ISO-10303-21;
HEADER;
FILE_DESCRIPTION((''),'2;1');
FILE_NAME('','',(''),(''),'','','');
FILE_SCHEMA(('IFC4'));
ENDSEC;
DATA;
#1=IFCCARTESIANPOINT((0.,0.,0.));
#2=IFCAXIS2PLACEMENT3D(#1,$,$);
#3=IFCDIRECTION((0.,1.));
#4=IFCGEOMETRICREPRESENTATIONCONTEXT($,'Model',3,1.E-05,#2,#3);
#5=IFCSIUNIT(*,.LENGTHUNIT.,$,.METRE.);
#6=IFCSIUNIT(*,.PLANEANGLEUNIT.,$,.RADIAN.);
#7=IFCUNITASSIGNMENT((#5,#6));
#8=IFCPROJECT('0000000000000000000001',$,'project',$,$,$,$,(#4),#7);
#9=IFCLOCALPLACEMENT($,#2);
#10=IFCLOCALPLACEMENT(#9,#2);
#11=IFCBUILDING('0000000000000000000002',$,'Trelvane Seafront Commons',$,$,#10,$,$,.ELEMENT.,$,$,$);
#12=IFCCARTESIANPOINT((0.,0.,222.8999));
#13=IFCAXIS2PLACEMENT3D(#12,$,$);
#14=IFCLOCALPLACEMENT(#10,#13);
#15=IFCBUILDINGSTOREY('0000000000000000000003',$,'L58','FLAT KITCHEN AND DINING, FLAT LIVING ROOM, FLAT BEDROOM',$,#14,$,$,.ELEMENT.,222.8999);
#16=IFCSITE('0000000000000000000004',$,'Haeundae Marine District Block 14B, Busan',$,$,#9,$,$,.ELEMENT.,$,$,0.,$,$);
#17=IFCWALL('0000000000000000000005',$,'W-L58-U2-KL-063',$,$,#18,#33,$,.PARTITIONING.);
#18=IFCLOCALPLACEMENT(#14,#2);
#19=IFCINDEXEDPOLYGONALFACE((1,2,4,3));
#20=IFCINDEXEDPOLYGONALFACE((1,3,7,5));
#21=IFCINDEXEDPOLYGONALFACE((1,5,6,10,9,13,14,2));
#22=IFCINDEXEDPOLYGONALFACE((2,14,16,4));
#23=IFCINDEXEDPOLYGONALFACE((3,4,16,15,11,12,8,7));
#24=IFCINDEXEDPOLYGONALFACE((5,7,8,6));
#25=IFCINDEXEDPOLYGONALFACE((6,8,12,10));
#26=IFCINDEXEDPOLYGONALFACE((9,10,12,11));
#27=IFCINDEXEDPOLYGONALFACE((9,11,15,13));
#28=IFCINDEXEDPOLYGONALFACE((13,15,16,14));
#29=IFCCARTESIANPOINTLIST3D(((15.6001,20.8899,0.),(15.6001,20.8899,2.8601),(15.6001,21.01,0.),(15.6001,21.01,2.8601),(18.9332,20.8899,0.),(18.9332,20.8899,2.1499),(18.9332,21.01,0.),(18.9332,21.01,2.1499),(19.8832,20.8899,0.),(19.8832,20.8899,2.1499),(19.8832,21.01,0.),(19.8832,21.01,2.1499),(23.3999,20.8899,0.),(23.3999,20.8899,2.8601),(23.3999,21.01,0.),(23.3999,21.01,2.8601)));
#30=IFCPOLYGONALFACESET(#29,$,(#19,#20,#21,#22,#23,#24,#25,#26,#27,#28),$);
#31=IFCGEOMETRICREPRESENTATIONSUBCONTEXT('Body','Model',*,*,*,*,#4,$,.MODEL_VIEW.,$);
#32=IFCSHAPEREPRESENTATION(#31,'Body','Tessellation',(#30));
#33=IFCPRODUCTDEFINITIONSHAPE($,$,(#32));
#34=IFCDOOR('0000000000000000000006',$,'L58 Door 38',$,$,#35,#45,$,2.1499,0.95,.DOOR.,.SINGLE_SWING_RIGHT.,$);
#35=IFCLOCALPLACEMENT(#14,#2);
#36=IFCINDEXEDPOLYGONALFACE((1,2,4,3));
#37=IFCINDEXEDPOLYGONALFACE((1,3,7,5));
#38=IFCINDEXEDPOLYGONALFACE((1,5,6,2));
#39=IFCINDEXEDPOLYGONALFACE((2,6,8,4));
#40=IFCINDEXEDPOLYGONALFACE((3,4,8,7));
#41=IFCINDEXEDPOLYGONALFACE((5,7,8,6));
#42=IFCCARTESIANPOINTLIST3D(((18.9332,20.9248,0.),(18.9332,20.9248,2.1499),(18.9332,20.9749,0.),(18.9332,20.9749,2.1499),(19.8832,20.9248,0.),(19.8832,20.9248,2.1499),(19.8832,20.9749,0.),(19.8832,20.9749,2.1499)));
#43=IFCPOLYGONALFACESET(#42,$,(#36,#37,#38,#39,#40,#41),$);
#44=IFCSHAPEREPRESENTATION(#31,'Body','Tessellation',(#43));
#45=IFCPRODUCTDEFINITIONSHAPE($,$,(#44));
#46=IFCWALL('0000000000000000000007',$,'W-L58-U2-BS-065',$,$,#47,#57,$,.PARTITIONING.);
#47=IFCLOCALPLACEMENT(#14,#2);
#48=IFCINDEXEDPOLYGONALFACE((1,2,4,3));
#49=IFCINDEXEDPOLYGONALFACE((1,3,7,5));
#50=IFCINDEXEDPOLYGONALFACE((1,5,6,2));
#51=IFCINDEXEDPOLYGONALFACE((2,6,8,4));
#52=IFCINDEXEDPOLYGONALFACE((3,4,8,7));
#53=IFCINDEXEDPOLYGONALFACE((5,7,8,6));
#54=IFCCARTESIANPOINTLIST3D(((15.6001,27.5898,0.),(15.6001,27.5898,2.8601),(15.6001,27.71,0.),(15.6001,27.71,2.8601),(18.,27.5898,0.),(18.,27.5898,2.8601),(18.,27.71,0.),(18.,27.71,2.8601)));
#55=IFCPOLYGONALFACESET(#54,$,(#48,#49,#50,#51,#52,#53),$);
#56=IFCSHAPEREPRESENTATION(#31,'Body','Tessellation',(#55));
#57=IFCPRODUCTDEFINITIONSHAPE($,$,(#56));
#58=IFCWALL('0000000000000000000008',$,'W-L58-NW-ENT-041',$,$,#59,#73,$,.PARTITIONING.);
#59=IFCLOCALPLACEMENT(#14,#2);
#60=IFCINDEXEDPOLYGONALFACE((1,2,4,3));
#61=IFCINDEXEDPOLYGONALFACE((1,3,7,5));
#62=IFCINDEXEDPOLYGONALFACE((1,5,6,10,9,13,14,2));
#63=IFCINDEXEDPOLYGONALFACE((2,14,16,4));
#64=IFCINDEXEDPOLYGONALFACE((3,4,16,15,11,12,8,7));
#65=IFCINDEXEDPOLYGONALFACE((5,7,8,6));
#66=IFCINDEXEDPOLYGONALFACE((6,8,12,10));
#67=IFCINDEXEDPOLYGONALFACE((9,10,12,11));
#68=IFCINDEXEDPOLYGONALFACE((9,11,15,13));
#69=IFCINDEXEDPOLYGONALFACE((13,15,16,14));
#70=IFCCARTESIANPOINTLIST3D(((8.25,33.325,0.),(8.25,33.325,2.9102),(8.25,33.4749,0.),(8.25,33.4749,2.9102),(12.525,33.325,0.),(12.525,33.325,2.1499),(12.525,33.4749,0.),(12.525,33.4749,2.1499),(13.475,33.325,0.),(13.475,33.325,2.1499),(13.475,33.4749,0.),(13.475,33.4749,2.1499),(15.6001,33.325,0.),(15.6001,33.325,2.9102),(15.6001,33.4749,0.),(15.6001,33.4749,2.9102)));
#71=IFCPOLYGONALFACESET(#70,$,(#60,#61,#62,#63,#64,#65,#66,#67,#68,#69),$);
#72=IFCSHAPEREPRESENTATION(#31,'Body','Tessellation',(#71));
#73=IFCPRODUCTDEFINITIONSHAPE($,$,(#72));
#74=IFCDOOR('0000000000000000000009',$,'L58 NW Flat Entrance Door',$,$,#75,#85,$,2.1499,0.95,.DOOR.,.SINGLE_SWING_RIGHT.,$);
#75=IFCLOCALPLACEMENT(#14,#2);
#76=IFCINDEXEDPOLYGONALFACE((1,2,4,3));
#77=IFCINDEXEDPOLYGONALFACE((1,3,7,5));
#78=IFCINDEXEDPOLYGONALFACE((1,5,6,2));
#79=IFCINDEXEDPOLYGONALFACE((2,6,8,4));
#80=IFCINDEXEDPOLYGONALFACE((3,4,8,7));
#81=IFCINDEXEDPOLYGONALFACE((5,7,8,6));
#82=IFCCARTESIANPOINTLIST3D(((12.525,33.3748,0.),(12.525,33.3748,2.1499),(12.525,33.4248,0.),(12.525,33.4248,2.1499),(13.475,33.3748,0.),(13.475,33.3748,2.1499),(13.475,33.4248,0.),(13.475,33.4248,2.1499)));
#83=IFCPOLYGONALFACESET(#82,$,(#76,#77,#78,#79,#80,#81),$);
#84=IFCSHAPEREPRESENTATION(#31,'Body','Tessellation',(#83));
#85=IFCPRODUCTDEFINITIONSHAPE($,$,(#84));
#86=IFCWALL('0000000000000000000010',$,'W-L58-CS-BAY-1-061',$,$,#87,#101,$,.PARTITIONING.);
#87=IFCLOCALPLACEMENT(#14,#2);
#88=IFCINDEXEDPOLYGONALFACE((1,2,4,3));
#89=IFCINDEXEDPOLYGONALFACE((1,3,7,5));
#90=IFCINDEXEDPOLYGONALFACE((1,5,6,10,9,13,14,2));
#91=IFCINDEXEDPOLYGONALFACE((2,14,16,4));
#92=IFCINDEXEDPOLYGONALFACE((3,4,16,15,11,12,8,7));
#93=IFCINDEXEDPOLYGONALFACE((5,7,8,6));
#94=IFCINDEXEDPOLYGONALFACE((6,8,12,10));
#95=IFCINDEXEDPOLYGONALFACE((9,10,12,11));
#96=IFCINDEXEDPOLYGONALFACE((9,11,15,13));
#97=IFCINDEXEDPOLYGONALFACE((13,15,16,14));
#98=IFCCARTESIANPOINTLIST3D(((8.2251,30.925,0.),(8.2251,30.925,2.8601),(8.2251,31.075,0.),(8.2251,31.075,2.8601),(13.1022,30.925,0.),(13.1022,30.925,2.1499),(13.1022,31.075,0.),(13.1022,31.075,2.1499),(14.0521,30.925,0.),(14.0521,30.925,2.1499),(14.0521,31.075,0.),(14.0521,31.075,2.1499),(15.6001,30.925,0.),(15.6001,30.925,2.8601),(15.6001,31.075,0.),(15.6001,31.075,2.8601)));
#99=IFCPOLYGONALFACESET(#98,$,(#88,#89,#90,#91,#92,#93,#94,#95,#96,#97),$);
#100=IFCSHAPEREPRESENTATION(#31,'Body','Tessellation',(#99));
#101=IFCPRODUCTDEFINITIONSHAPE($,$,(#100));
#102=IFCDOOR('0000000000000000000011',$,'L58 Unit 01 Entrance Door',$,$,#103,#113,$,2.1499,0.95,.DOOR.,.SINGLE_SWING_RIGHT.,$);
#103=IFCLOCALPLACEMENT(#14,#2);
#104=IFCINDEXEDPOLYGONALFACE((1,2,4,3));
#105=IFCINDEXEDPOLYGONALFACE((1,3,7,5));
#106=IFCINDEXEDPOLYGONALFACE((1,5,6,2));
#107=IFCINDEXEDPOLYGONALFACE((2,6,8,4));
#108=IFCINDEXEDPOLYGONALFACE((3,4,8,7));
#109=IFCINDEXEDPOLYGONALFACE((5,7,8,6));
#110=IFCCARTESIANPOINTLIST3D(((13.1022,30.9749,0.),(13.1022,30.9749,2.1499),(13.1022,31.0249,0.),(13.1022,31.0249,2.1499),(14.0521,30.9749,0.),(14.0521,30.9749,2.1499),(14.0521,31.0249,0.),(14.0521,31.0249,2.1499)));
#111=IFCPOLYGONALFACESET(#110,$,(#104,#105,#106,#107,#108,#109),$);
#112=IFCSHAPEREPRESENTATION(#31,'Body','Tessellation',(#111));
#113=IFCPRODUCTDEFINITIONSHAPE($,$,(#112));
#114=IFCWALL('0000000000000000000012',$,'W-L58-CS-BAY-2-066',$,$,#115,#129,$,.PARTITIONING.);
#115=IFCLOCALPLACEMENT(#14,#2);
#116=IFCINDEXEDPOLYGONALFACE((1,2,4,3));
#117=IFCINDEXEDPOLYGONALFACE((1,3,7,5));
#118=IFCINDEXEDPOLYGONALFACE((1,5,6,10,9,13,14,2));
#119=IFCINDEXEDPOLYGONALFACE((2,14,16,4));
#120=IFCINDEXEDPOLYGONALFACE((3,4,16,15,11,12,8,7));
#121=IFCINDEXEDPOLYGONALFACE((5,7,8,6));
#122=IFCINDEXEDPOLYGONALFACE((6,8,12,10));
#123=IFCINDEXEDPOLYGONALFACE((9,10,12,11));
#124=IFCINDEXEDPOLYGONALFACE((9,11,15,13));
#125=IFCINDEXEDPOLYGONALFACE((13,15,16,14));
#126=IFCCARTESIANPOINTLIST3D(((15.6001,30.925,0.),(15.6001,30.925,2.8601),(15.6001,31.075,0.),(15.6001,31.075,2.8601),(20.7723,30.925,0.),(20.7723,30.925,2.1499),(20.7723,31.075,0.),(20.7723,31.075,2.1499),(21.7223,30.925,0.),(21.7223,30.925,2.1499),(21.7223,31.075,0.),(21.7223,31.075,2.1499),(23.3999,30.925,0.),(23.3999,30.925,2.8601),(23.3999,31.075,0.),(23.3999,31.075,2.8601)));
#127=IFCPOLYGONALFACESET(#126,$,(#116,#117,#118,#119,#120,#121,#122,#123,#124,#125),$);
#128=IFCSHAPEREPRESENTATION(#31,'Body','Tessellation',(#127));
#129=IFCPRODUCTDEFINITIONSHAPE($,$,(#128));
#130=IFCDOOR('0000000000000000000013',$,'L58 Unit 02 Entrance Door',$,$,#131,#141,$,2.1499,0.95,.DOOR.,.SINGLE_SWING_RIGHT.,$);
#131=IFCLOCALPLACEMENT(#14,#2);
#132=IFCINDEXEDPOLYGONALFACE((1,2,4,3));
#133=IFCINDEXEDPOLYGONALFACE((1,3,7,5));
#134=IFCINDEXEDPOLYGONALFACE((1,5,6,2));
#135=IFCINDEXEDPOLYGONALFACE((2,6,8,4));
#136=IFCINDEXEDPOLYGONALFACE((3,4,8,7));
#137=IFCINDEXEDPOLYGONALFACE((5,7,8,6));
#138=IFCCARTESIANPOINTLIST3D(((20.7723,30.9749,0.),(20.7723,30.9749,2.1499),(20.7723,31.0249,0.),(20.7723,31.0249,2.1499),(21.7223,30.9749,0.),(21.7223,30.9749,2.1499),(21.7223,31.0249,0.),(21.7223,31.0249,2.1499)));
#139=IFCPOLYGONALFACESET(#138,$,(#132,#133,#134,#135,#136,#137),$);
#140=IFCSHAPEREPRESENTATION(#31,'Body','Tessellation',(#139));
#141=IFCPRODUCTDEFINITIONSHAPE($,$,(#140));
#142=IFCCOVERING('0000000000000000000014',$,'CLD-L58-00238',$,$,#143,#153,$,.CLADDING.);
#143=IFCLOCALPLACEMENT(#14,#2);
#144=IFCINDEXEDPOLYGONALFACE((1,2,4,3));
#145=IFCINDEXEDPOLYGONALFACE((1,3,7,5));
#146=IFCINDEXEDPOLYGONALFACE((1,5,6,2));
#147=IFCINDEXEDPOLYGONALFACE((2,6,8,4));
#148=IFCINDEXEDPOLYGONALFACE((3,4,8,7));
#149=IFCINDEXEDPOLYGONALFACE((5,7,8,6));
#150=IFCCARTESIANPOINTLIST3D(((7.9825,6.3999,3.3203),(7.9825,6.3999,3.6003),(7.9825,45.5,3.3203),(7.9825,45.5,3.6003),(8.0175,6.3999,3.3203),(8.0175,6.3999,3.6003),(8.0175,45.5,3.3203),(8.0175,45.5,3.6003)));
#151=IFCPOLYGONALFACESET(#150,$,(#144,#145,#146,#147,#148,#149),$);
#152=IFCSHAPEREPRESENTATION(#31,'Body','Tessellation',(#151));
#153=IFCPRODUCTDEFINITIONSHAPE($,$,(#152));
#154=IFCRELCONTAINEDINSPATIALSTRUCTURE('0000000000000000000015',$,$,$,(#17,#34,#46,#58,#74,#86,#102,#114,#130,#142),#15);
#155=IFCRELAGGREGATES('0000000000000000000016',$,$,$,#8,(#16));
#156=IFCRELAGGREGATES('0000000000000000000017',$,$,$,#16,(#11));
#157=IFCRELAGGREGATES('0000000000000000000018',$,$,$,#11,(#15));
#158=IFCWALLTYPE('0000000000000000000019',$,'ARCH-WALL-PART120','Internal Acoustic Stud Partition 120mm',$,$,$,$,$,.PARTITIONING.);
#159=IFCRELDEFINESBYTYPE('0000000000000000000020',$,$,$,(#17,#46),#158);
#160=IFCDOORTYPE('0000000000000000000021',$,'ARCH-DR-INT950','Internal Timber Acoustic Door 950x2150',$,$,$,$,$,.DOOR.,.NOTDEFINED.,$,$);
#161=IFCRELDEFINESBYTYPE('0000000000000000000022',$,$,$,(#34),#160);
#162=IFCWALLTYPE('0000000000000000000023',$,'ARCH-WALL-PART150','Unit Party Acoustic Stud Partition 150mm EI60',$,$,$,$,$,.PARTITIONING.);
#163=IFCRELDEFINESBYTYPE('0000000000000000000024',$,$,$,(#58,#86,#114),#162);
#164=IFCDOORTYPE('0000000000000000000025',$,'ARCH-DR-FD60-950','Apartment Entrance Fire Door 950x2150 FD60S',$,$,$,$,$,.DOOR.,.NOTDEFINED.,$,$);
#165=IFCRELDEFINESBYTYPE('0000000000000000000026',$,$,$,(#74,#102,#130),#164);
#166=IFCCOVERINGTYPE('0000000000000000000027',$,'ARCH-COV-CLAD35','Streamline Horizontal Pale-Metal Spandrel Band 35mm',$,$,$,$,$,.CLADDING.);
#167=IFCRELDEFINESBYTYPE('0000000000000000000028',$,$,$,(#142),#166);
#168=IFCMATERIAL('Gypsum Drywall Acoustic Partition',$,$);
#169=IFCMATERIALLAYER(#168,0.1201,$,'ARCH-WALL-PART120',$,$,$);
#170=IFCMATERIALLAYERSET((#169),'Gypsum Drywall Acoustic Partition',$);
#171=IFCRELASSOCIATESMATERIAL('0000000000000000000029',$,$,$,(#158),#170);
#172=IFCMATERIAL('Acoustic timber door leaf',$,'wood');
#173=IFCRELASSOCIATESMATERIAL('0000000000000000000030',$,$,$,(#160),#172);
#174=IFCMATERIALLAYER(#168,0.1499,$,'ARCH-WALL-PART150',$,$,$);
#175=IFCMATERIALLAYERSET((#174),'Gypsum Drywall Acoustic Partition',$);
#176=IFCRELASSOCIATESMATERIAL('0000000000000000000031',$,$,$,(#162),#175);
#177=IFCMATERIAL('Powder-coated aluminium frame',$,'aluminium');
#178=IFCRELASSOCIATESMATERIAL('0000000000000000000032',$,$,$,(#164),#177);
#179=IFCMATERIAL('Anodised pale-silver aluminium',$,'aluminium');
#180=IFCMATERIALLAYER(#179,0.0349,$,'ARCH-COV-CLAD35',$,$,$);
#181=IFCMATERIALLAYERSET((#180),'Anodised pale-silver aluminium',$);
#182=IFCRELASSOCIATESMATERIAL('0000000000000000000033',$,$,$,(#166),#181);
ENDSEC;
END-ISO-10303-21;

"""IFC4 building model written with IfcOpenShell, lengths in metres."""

from ifc_helpers import new_model, si_unit, direction, frame, frame_2d, origin, origin_2d, place, context, subcontext, project, spatial, rectangle, extrude, source, transform, mapped, material, layer, layer_set, type_object, element, fill, save


model = new_model("IFC4")

# Units and contexts
model_context = context("Model", 3, precision=1e-05, world=origin(), true_north=direction((0.0, 1.0)))
body_context = subcontext(model_context, "Body", "Model", "MODEL_VIEW")
ifc_project = project(units=[si_unit("LENGTHUNIT", "METRE"), si_unit("PLANEANGLEUNIT", "RADIAN")], contexts=[model_context])

# Site, building, storey
site_placement = place(None, origin())
site = spatial("IfcSite", under=ifc_project, at=site_placement, Name="Haeundae Marine District Block 14B, Busan", CompositionType="ELEMENT", RefElevation=0.0)
building_placement = place(site_placement, origin())
building = spatial("IfcBuilding", under=site, at=building_placement, Name="Trelvane Seafront Commons", CompositionType="ELEMENT")
storey_placement = place(building_placement, frame((0.0, 0.0, 222.8999)))
storey = spatial("IfcBuildingStorey", under=building, at=storey_placement, Name="L58", Description="FLAT KITCHEN AND DINING, FLAT LIVING ROOM, FLAT BEDROOM", CompositionType="ELEMENT", Elevation=222.8999)

# Shared definitions
ifc_material_1 = material(Name="Anodised pale-silver aluminium", Category="aluminium")

# Shared definitions
ifc_material_2 = material(Name="Gypsum Drywall Acoustic Partition")
ifc_layer_1 = layer(ifc_material_2, 0.1201, Name="ARCH-WALL-PART120")
ifc_layer_set_1 = layer_set([ifc_layer_1], Name="Gypsum Drywall Acoustic Partition")
wall_type_1 = type_object("IfcWallType", Name="ARCH-WALL-PART120", Description="Internal Acoustic Stud Partition 120mm", PredefinedType="PARTITIONING", material=ifc_layer_set_1)
ifc_material_3 = material(Name="Acoustic timber door leaf", Category="wood")
door_type_1 = type_object("IfcDoorType", Name="ARCH-DR-INT950", Description="Internal Timber Acoustic Door 950x2150", OperationType="NOTDEFINED", PredefinedType="DOOR", material=ifc_material_3)
shared_shape_1 = source(origin(), body_context, "Body", "SweptSolid", [
    extrude(rectangle(XDim=0.95, YDim=2.1499, at=frame_2d((0.4751, 1.075))), frame((0.0, 0.0249, 0.0), z_axis=(0.0, -1.0, 0.0), x_axis=(1.0, 0.0, 0.0)), (0.0, 0.0, 1.0), 0.05),
])

# Wall, opening, door
wall_1_placement = place(storey_placement, frame((15.6001, 20.95, 0.0), z_axis=(0.0, 0.0, 1.0), x_axis=(1.0, 0.0, 0.0)))
wall_1 = element("IfcWall", 1, at=wall_1_placement, inside=storey, type_object=wall_type_1, Name="W-L58-U2-KL-063", PredefinedType="PARTITIONING", context=body_context, shape_type="SweptSolid", body=[
    extrude(rectangle(XDim=7.7998, YDim=0.1201, at=frame_2d((3.8999, 0.0))), origin(), (0.0, 0.0, 1.0), 2.8601),
])
opening_1_placement = place(wall_1_placement, frame((3.333, 0.0, 0.0)))
opening_1 = element("IfcOpeningElement", 2, at=opening_1_placement, cuts=wall_1, PredefinedType="OPENING", context=body_context, shape_type="SweptSolid", body=[
    extrude(rectangle(XDim=0.95, YDim=2.1499, at=frame_2d((0.4751, 1.075))), frame((0.0, 0.0701, 0.0), z_axis=(0.0, -1.0, 0.0), x_axis=(1.0, 0.0, 0.0)), (0.0, 0.0, 1.0), 0.1401),
])
door_1_placement = place(opening_1_placement, origin())
door_1 = element("IfcDoor", 3, at=door_1_placement, inside=storey, type_object=door_type_1, Name="L58 Door 38", OperationType="SINGLE_SWING_RIGHT", OverallHeight=2.1499, OverallWidth=0.95, PredefinedType="DOOR", context=body_context, shape_type="MappedRepresentation", body=[
    mapped(shared_shape_1, transform((0.0, 0.0, 0.0), x_axis=(1.0, 0.0, 0.0), y_axis=(0.0, 1.0, 0.0), z_axis=(0.0, 0.0, 1.0), scale=1.0)),
])
fill(opening_1, door_1)

# Wall
wall_2_placement = place(storey_placement, frame((15.6001, 27.6499, 0.0), z_axis=(0.0, 0.0, 1.0), x_axis=(1.0, 0.0, 0.0)))
element("IfcWall", 4, at=wall_2_placement, inside=storey, type_object=wall_type_1, Name="W-L58-U2-BS-065", PredefinedType="PARTITIONING", context=body_context, shape_type="SweptSolid", body=[
    extrude(rectangle(XDim=2.3999, YDim=0.1201, at=frame_2d((1.2, 0.0))), origin(), (0.0, 0.0, 1.0), 2.8601),
])

# Walls, openings, doors
ifc_layer_2 = layer(ifc_material_2, 0.1499, Name="ARCH-WALL-PART150")
ifc_layer_set_2 = layer_set([ifc_layer_2], Name="Gypsum Drywall Acoustic Partition")
wall_type_2 = type_object("IfcWallType", Name="ARCH-WALL-PART150", Description="Unit Party Acoustic Stud Partition 150mm EI60", PredefinedType="PARTITIONING", material=ifc_layer_set_2)
wall_3_placement = place(storey_placement, frame((8.25, 33.3999, 0.0), z_axis=(0.0, 0.0, 1.0), x_axis=(1.0, 0.0, 0.0)))
wall_3 = element("IfcWall", 5, at=wall_3_placement, inside=storey, type_object=wall_type_2, Name="W-L58-NW-ENT-041", PredefinedType="PARTITIONING", context=body_context, shape_type="SweptSolid", body=[
    extrude(rectangle(XDim=7.3501, YDim=0.1499, at=frame_2d((3.675, 0.0))), origin(), (0.0, 0.0, 1.0), 2.9102),
])
opening_2_placement = place(wall_3_placement, frame((4.2749, 0.0, 0.0)))
opening_2 = element("IfcOpeningElement", 6, at=opening_2_placement, cuts=wall_3, PredefinedType="OPENING", context=body_context, shape_type="SweptSolid", body=[
    extrude(rectangle(XDim=0.95, YDim=2.1499, at=frame_2d((0.4751, 1.075))), frame((0.0, 0.085, 0.0), z_axis=(0.0, -1.0, 0.0), x_axis=(1.0, 0.0, 0.0)), (0.0, 0.0, 1.0), 0.1699),
])
ifc_material_4 = material(Name="Powder-coated aluminium frame", Category="aluminium")
door_type_2 = type_object("IfcDoorType", Name="ARCH-DR-FD60-950", Description="Apartment Entrance Fire Door 950x2150 FD60S", OperationType="NOTDEFINED", PredefinedType="DOOR", material=ifc_material_4)
door_2_placement = place(opening_2_placement, origin())
door_2 = element("IfcDoor", 7, at=door_2_placement, inside=storey, type_object=door_type_2, Name="L58 NW Flat Entrance Door", OperationType="SINGLE_SWING_RIGHT", OverallHeight=2.1499, OverallWidth=0.95, PredefinedType="DOOR", context=body_context, shape_type="MappedRepresentation", body=[
    mapped(shared_shape_1, transform((0.0, 0.0, 0.0), x_axis=(1.0, 0.0, 0.0), y_axis=(0.0, 1.0, 0.0), z_axis=(0.0, 0.0, 1.0), scale=1.0)),
])
fill(opening_2, door_2)
wall_4_placement = place(storey_placement, frame((8.2251, 31.0, 0.0), z_axis=(0.0, 0.0, 1.0), x_axis=(1.0, 0.0, 0.0)))
wall_4 = element("IfcWall", 8, at=wall_4_placement, inside=storey, type_object=wall_type_2, Name="W-L58-CS-BAY-1-061", PredefinedType="PARTITIONING", context=body_context, shape_type="SweptSolid", body=[
    extrude(rectangle(XDim=7.375, YDim=0.1499, at=frame_2d((3.6875, 0.0))), origin(), (0.0, 0.0, 1.0), 2.8601),
])
opening_3_placement = place(wall_4_placement, frame((4.877, 0.0, 0.0)))
opening_3 = element("IfcOpeningElement", 9, at=opening_3_placement, cuts=wall_4, PredefinedType="OPENING", context=body_context, shape_type="SweptSolid", body=[
    extrude(rectangle(XDim=0.95, YDim=2.1499, at=frame_2d((0.4751, 1.075))), frame((0.0, 0.085, 0.0), z_axis=(0.0, -1.0, 0.0), x_axis=(1.0, 0.0, 0.0)), (0.0, 0.0, 1.0), 0.1699),
])
door_3_placement = place(opening_3_placement, origin())
door_3 = element("IfcDoor", 10, at=door_3_placement, inside=storey, type_object=door_type_2, Name="L58 Unit 01 Entrance Door", OperationType="SINGLE_SWING_RIGHT", OverallHeight=2.1499, OverallWidth=0.95, PredefinedType="DOOR", context=body_context, shape_type="MappedRepresentation", body=[
    mapped(shared_shape_1, transform((0.0, 0.0, 0.0), x_axis=(1.0, 0.0, 0.0), y_axis=(0.0, 1.0, 0.0), z_axis=(0.0, 0.0, 1.0), scale=1.0)),
])
fill(opening_3, door_3)
wall_5_placement = place(storey_placement, frame((15.6001, 31.0, 0.0), z_axis=(0.0, 0.0, 1.0), x_axis=(1.0, 0.0, 0.0)))
wall_5 = element("IfcWall", 11, at=wall_5_placement, inside=storey, type_object=wall_type_2, Name="W-L58-CS-BAY-2-066", PredefinedType="PARTITIONING", context=body_context, shape_type="SweptSolid", body=[
    extrude(rectangle(XDim=7.7998, YDim=0.1499, at=frame_2d((3.8999, 0.0))), origin(), (0.0, 0.0, 1.0), 2.8601),
])
opening_4_placement = place(wall_5_placement, frame((5.1721, 0.0, 0.0)))
opening_4 = element("IfcOpeningElement", 12, at=opening_4_placement, cuts=wall_5, PredefinedType="OPENING", context=body_context, shape_type="SweptSolid", body=[
    extrude(rectangle(XDim=0.95, YDim=2.1499, at=frame_2d((0.4751, 1.075))), frame((0.0, 0.085, 0.0), z_axis=(0.0, -1.0, 0.0), x_axis=(1.0, 0.0, 0.0)), (0.0, 0.0, 1.0), 0.1699),
])
door_4_placement = place(opening_4_placement, origin())
door_4 = element("IfcDoor", 13, at=door_4_placement, inside=storey, type_object=door_type_2, Name="L58 Unit 02 Entrance Door", OperationType="SINGLE_SWING_RIGHT", OverallHeight=2.1499, OverallWidth=0.95, PredefinedType="DOOR", context=body_context, shape_type="MappedRepresentation", body=[
    mapped(shared_shape_1, transform((0.0, 0.0, 0.0), x_axis=(1.0, 0.0, 0.0), y_axis=(0.0, 1.0, 0.0), z_axis=(0.0, 0.0, 1.0), scale=1.0)),
])
fill(opening_4, door_4)

# Covering
ifc_layer_3 = layer(ifc_material_1, 0.0349, Name="ARCH-COV-CLAD35")
ifc_layer_set_3 = layer_set([ifc_layer_3], Name="Anodised pale-silver aluminium")
covering_type = type_object("IfcCoveringType", Name="ARCH-COV-CLAD35", Description="Streamline Horizontal Pale-Metal Spandrel Band 35mm", PredefinedType="CLADDING", material=ifc_layer_set_3)
shared_shape_2 = source(origin(), body_context, "Body", "SweptSolid", [
    extrude(rectangle(XDim=39.1001, YDim=0.0349, at=origin_2d()), origin(), (0.0, 0.0, 1.0), 0.28),
])
covering_placement = place(storey_placement, frame((8.0, 25.95, 3.3203), z_axis=(0.0, 0.0, 1.0), x_axis=(0.0, 1.0, 0.0)))
element("IfcCovering", 14, at=covering_placement, inside=storey, type_object=covering_type, Name="CLD-L58-00238", PredefinedType="CLADDING", context=body_context, shape_type="MappedRepresentation", body=[
    mapped(shared_shape_2, transform((0.0, 0.0, 0.0), x_axis=(1.0, 0.0, 0.0), y_axis=(0.0, 1.0, 0.0), z_axis=(0.0, 0.0, 1.0), scale=1.0)),
])

save(model, "model.ifc")
